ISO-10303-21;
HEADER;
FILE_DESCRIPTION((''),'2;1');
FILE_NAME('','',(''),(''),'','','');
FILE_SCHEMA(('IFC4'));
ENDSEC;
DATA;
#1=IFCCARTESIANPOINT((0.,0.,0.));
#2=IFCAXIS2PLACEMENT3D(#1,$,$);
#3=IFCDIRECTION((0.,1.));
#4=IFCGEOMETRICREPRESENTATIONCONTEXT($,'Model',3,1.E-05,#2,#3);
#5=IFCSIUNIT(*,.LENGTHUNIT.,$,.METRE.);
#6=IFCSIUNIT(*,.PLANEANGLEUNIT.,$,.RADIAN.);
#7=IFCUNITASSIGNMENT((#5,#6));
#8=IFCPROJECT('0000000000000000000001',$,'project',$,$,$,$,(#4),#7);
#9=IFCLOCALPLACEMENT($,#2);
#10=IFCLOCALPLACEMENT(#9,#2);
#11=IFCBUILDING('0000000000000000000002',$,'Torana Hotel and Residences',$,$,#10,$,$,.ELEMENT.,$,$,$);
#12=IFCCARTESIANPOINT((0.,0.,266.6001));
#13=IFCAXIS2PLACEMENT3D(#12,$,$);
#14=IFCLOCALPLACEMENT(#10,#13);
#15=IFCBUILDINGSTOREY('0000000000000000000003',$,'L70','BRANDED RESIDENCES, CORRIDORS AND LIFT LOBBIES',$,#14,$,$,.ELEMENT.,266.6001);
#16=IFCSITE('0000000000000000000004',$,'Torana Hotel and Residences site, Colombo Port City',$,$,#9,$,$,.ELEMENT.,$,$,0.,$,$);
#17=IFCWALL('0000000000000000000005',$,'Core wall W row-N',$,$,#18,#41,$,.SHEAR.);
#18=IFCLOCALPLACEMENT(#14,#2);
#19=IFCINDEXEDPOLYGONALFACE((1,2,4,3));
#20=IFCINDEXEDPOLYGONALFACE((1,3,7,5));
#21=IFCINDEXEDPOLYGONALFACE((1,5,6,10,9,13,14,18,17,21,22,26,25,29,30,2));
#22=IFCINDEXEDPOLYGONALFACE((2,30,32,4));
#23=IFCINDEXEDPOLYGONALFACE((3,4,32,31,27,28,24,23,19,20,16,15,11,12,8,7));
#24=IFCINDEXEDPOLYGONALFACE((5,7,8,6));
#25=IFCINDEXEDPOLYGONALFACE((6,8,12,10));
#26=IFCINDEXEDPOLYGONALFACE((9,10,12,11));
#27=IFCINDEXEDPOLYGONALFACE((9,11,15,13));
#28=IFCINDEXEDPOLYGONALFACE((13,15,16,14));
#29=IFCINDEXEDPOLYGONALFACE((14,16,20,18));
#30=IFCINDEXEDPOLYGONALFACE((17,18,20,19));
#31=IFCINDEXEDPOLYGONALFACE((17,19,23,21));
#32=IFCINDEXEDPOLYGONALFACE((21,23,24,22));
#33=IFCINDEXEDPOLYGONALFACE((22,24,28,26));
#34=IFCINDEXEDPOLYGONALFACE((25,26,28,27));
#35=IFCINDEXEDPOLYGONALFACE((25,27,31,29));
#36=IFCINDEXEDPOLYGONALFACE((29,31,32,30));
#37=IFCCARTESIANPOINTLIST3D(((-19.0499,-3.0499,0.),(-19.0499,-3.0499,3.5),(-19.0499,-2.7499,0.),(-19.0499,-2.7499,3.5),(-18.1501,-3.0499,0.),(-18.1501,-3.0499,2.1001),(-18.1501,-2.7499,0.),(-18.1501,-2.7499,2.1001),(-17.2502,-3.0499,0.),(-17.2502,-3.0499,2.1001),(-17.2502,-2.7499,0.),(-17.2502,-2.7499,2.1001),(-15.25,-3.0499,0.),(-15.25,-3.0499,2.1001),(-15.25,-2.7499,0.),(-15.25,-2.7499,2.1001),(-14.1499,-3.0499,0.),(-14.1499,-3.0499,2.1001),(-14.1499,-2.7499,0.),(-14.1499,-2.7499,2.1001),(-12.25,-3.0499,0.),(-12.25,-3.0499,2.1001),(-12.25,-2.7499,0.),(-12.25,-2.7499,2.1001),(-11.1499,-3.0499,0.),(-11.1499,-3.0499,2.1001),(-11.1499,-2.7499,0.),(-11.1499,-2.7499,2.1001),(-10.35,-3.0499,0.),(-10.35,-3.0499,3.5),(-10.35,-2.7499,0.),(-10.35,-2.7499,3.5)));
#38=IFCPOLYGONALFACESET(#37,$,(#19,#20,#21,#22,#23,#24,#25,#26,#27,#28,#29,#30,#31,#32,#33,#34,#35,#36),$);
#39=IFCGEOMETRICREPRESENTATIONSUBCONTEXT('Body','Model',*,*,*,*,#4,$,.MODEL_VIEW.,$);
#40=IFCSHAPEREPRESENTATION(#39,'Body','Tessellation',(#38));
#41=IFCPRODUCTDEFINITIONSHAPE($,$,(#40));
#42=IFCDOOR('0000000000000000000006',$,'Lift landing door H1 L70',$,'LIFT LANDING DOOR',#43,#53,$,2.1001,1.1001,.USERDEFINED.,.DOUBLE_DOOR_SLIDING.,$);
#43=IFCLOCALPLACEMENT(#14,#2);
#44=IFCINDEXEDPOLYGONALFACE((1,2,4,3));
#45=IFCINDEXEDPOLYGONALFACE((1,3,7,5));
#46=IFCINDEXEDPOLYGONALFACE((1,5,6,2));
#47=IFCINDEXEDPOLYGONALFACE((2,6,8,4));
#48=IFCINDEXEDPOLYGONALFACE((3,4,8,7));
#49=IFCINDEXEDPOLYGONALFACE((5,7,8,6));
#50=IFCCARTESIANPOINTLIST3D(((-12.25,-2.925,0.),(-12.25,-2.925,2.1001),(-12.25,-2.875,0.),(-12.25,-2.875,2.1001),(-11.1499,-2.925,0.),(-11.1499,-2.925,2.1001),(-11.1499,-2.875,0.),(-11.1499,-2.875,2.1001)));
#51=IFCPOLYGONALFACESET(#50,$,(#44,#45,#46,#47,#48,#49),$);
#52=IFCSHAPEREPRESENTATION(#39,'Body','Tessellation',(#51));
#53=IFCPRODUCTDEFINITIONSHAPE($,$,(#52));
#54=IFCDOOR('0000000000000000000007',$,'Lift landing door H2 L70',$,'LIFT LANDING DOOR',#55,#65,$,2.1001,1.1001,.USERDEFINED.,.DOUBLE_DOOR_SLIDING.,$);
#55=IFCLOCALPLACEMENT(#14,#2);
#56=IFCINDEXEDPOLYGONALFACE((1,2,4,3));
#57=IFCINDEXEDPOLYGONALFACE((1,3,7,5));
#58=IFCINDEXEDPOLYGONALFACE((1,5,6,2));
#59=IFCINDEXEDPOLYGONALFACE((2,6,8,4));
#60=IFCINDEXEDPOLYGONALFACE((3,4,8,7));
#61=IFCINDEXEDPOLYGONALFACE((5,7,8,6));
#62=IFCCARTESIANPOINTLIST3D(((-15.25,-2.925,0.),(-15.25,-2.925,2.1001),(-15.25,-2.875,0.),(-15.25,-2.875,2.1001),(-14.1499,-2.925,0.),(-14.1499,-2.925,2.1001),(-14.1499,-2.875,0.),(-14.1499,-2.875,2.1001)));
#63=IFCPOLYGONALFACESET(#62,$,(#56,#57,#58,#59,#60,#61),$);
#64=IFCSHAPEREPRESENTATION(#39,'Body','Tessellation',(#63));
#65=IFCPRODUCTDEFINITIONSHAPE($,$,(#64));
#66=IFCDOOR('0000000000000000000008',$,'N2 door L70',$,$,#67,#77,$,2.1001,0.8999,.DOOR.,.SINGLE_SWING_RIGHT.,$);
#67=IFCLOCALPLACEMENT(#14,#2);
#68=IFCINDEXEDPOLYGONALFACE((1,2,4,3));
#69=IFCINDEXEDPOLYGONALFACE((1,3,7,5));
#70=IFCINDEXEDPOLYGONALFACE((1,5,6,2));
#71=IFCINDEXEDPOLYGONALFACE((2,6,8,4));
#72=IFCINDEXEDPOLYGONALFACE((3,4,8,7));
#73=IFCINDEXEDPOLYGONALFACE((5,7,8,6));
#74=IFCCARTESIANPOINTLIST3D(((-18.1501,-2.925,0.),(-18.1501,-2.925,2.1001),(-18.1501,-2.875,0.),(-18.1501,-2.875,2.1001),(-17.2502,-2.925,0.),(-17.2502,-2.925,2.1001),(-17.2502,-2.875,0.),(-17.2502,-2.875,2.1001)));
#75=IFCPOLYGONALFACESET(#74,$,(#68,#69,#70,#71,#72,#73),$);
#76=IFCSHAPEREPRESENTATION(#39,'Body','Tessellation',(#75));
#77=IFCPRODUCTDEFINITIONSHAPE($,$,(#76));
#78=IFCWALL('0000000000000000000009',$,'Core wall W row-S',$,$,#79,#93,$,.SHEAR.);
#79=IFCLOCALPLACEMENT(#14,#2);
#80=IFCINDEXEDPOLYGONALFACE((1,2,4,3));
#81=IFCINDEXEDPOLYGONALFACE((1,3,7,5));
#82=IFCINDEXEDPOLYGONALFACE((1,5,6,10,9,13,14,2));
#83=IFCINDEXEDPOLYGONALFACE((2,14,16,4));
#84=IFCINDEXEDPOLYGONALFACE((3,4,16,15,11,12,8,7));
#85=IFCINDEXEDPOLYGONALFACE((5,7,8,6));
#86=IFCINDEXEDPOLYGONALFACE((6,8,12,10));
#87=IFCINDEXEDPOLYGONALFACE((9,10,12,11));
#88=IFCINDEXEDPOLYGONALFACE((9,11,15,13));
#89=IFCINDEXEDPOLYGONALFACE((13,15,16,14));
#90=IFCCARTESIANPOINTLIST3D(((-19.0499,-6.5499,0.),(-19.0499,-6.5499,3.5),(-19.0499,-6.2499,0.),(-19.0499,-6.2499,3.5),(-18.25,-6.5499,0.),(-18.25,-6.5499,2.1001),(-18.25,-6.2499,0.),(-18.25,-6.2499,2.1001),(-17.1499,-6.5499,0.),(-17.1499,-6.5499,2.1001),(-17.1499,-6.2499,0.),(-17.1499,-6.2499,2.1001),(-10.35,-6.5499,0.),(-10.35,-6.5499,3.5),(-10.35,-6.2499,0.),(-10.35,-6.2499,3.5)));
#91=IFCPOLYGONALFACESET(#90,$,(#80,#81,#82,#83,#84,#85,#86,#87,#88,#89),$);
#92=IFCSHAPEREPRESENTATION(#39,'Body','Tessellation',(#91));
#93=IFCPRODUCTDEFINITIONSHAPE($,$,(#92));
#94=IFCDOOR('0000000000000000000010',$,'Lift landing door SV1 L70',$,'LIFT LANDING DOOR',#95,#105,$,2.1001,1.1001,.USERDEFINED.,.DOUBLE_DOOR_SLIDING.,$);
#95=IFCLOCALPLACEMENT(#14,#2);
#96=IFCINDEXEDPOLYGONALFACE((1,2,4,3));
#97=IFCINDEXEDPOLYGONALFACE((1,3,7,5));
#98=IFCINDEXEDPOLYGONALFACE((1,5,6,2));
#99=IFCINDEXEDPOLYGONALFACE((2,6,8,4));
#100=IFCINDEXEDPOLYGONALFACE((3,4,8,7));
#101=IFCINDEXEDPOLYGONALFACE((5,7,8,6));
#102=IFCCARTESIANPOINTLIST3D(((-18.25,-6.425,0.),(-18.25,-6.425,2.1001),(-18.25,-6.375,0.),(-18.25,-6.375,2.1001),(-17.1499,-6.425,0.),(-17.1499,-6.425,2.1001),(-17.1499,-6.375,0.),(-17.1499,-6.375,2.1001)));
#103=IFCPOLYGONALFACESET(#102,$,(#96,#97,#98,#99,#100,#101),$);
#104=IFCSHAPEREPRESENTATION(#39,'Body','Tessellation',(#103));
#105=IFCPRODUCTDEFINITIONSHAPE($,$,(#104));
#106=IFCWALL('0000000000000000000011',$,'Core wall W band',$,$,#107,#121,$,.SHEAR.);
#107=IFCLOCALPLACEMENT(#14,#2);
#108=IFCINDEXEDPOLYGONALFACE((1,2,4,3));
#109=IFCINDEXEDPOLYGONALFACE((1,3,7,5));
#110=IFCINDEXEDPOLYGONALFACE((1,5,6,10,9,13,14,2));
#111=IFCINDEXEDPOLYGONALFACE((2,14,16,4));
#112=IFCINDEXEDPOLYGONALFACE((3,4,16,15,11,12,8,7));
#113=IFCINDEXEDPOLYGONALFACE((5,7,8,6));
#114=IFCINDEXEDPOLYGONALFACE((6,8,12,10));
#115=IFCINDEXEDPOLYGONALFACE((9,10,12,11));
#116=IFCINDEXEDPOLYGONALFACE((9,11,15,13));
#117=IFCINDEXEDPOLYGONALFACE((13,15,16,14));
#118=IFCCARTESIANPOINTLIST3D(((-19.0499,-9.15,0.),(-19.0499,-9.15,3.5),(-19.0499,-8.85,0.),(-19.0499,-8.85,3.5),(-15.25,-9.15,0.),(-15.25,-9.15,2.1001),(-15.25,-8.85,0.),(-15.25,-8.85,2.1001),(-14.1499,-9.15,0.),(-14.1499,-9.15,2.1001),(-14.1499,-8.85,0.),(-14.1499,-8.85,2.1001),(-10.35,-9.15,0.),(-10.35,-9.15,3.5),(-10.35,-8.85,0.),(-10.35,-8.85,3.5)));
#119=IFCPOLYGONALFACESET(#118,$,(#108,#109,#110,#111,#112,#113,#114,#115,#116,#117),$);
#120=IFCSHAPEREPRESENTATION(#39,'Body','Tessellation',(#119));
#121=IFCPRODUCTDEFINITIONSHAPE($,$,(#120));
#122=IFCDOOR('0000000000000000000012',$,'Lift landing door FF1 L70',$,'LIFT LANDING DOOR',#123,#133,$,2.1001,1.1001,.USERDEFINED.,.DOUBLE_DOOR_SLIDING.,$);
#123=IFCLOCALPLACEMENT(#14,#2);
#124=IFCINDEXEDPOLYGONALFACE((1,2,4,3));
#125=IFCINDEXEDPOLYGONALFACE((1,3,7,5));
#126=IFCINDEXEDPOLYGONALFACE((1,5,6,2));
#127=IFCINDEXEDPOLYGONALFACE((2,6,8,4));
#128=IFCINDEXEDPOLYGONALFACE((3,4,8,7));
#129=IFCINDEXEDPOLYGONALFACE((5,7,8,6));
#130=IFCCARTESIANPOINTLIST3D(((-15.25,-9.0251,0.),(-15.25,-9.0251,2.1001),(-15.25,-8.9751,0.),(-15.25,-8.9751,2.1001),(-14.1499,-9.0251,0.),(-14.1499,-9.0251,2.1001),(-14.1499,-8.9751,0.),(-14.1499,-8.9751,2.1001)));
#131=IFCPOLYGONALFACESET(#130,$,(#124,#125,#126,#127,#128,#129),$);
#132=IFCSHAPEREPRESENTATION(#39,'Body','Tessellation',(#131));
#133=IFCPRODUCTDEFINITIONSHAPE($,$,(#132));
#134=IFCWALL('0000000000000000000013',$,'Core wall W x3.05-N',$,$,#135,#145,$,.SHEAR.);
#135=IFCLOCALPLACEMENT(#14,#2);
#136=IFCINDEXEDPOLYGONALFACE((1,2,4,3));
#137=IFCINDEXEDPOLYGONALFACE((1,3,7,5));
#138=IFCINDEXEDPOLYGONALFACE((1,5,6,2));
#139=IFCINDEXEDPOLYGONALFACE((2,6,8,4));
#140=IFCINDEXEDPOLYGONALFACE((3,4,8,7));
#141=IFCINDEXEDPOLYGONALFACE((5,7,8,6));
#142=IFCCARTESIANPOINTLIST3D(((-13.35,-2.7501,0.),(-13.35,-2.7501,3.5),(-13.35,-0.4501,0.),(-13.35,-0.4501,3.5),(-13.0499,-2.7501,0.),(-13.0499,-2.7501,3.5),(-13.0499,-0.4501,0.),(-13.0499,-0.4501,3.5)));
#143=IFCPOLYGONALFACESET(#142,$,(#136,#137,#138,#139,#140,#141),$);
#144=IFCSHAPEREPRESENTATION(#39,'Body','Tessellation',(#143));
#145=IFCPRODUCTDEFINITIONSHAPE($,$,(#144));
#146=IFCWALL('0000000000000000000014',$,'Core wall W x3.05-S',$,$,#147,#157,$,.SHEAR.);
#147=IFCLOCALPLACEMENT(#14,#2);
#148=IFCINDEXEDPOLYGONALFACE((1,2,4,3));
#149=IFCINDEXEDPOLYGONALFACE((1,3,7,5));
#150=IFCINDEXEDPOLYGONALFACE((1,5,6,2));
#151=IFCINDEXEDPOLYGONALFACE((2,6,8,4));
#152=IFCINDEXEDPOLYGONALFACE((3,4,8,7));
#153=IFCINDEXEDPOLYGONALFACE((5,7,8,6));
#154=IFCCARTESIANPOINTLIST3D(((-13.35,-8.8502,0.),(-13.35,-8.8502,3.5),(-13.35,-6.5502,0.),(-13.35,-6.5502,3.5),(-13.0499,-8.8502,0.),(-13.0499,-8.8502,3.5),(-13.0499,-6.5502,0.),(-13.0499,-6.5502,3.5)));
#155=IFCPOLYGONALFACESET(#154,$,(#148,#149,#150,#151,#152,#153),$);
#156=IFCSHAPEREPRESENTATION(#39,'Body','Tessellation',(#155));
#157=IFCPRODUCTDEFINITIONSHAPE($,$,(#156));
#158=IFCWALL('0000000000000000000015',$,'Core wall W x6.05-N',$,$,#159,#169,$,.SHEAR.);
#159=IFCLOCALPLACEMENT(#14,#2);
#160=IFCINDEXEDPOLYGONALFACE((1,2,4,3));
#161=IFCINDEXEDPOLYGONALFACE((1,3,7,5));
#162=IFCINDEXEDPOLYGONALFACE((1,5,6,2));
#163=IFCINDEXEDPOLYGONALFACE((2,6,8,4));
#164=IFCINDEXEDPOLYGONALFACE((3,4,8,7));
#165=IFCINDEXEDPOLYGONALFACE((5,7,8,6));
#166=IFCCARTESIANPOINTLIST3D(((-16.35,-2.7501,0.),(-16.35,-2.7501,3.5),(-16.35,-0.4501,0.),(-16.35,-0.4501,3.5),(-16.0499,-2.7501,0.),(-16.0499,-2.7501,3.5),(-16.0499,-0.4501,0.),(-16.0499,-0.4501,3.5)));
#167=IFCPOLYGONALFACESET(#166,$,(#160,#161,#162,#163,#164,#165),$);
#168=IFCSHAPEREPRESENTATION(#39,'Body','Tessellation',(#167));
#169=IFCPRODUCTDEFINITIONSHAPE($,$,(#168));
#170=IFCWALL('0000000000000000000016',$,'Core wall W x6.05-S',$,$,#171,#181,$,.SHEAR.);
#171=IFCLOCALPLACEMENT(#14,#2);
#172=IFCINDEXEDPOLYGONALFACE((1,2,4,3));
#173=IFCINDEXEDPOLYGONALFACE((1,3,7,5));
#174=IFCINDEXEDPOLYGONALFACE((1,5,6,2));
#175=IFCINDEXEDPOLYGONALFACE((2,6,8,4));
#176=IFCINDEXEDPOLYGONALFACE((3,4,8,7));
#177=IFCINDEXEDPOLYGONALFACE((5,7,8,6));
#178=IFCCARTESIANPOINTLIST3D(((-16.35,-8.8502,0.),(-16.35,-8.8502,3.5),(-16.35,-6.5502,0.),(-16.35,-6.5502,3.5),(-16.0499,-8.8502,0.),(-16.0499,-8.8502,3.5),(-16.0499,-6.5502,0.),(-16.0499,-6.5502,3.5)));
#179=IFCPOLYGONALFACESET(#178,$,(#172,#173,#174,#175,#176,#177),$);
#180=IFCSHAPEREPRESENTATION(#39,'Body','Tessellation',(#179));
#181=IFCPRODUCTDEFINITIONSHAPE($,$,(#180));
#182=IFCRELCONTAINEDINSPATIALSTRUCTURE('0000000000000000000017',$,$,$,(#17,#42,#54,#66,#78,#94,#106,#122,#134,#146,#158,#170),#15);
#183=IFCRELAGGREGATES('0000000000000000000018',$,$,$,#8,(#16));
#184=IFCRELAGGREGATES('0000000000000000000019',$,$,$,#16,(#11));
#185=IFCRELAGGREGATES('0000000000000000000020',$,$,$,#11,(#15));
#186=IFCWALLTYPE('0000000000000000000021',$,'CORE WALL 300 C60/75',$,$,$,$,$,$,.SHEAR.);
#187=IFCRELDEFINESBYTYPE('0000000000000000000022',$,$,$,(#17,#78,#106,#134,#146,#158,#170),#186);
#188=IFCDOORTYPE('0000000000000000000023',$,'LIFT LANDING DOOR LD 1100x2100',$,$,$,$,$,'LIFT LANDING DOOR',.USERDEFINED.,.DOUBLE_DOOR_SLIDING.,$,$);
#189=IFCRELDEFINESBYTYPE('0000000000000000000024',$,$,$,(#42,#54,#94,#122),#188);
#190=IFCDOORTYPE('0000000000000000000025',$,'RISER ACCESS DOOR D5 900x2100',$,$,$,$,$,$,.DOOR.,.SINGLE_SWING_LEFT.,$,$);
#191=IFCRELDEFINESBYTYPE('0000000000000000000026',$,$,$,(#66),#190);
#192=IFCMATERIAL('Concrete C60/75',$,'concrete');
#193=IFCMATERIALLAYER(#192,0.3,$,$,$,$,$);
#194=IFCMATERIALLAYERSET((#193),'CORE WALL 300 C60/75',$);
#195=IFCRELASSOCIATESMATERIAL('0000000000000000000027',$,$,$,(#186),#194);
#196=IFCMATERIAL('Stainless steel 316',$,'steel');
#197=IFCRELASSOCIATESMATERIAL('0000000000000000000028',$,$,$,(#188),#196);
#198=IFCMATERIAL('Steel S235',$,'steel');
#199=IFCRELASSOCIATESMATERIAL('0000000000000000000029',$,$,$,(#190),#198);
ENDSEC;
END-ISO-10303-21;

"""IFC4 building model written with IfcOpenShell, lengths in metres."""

from ifc_helpers import new_model, si_unit, direction, frame, frame_2d, origin, place, context, subcontext, project, spatial, rectangle, extrude, material, layer, layer_set, type_object, element, fill, save


model = new_model("IFC4")

# Units and contexts
model_context = context("Model", 3, precision=1e-05, world=origin(), true_north=direction((0.0, 1.0)))
body_context = subcontext(model_context, "Body", "Model", "MODEL_VIEW")
ifc_project = project(units=[si_unit("LENGTHUNIT", "METRE"), si_unit("PLANEANGLEUNIT", "RADIAN")], contexts=[model_context])

# Site, building, storey
site_placement = place(None, origin())
site = spatial("IfcSite", under=ifc_project, at=site_placement, Name="Torana Hotel and Residences site, Colombo Port City", CompositionType="ELEMENT", RefElevation=0.0)
building_placement = place(site_placement, origin())
building = spatial("IfcBuilding", under=site, at=building_placement, Name="Torana Hotel and Residences", CompositionType="ELEMENT")
storey_placement = place(building_placement, frame((0.0, 0.0, 266.6001)))
storey = spatial("IfcBuildingStorey", under=building, at=storey_placement, Name="L70", Description="BRANDED RESIDENCES, CORRIDORS AND LIFT LOBBIES", CompositionType="ELEMENT", Elevation=266.6001)

# Wall, openings, doors
ifc_material_1 = material(Name="Concrete C60/75", Category="concrete")
ifc_layer_1 = layer(ifc_material_1, 0.3)
ifc_layer_set_1 = layer_set([ifc_layer_1], Name="CORE WALL 300 C60/75")
wall_type_1 = type_object("IfcWallType", Name="CORE WALL 300 C60/75", PredefinedType="SHEAR", material=ifc_layer_set_1)
wall_1_placement = place(storey_placement, frame((-19.05, -2.8999, 0.0), z_axis=(0.0, 0.0, 1.0), x_axis=(1.0, 0.0, 0.0)))
wall_1 = element("IfcWall", 1, at=wall_1_placement, inside=storey, type_object=wall_type_1, Name="Core wall W row-N", PredefinedType="SHEAR", context=body_context, shape_type="SweptSolid", body=[
    extrude(rectangle(XDim=8.7, YDim=0.3, at=frame_2d((4.3501, 0.0))), origin(), (0.0, 0.0, 1.0), 3.5),
])
opening_1_placement = place(wall_1_placement, frame((6.8, 0.0, 0.0)))
opening_1 = element("IfcOpeningElement", 2, at=opening_1_placement, cuts=wall_1, PredefinedType="OPENING", context=body_context, shape_type="SweptSolid", body=[
    extrude(rectangle(XDim=1.1001, YDim=2.1001, at=frame_2d((0.55, 1.05))), frame((0.0, 0.1599, 0.0), z_axis=(0.0, -1.0, 0.0), x_axis=(1.0, 0.0, 0.0)), (0.0, 0.0, 1.0), 0.3201),
])
opening_2_placement = place(wall_1_placement, frame((3.8, 0.0, 0.0)))
opening_2 = element("IfcOpeningElement", 3, at=opening_2_placement, cuts=wall_1, PredefinedType="OPENING", context=body_context, shape_type="SweptSolid", body=[
    extrude(rectangle(XDim=1.1001, YDim=2.1001, at=frame_2d((0.55, 1.05))), frame((0.0, 0.1599, 0.0), z_axis=(0.0, -1.0, 0.0), x_axis=(1.0, 0.0, 0.0)), (0.0, 0.0, 1.0), 0.3201),
])
opening_3_placement = place(wall_1_placement, frame((0.8999, 0.0, 0.0)))
opening_3 = element("IfcOpeningElement", 4, at=opening_3_placement, cuts=wall_1, PredefinedType="OPENING", context=body_context, shape_type="SweptSolid", body=[
    extrude(rectangle(XDim=0.8999, YDim=2.1001, at=frame_2d((0.45, 1.05))), frame((0.0, 0.1599, 0.0), z_axis=(0.0, -1.0, 0.0), x_axis=(1.0, 0.0, 0.0)), (0.0, 0.0, 1.0), 0.3201),
])
ifc_material_2 = material(Name="Stainless steel 316", Category="steel")
door_type_1 = type_object("IfcDoorType", Name="LIFT LANDING DOOR LD 1100x2100", ElementType="LIFT LANDING DOOR", OperationType="DOUBLE_DOOR_SLIDING", PredefinedType="USERDEFINED", material=ifc_material_2)
door_1_placement = place(opening_1_placement, origin())
door_1 = element("IfcDoor", 5, at=door_1_placement, inside=storey, type_object=door_type_1, Name="Lift landing door H1 L70", ObjectType="LIFT LANDING DOOR", OperationType="DOUBLE_DOOR_SLIDING", OverallHeight=2.1001, OverallWidth=1.1001, PredefinedType="USERDEFINED", context=body_context, shape_type="SweptSolid", body=[
    extrude(rectangle(XDim=1.1001, YDim=2.1001, at=frame_2d((0.55, 1.05))), frame((0.0, 0.0249, 0.0), z_axis=(0.0, -1.0, 0.0), x_axis=(1.0, 0.0, 0.0)), (0.0, 0.0, 1.0), 0.05),
])
fill(opening_1, door_1)
door_2_placement = place(opening_2_placement, origin())
door_2 = element("IfcDoor", 6, at=door_2_placement, inside=storey, type_object=door_type_1, Name="Lift landing door H2 L70", ObjectType="LIFT LANDING DOOR", OperationType="DOUBLE_DOOR_SLIDING", OverallHeight=2.1001, OverallWidth=1.1001, PredefinedType="USERDEFINED", context=body_context, shape_type="SweptSolid", body=[
    extrude(rectangle(XDim=1.1001, YDim=2.1001, at=frame_2d((0.55, 1.05))), frame((0.0, 0.0249, 0.0), z_axis=(0.0, -1.0, 0.0), x_axis=(1.0, 0.0, 0.0)), (0.0, 0.0, 1.0), 0.05),
])
fill(opening_2, door_2)
ifc_material_3 = material(Name="Steel S235", Category="steel")
door_type_2 = type_object("IfcDoorType", Name="RISER ACCESS DOOR D5 900x2100", OperationType="SINGLE_SWING_LEFT", PredefinedType="DOOR", material=ifc_material_3)
door_3_placement = place(opening_3_placement, origin())
door_3 = element("IfcDoor", 7, at=door_3_placement, inside=storey, type_object=door_type_2, Name="N2 door L70", OperationType="SINGLE_SWING_RIGHT", OverallHeight=2.1001, OverallWidth=0.8999, PredefinedType="DOOR", context=body_context, shape_type="SweptSolid", body=[
    extrude(rectangle(XDim=0.8999, YDim=2.1001, at=frame_2d((0.45, 1.05))), frame((0.0, 0.0249, 0.0), z_axis=(0.0, -1.0, 0.0), x_axis=(1.0, 0.0, 0.0)), (0.0, 0.0, 1.0), 0.05),
])
fill(opening_3, door_3)

# Walls, openings, doors
wall_2_placement = place(storey_placement, frame((-19.05, -6.3999, 0.0), z_axis=(0.0, 0.0, 1.0), x_axis=(1.0, 0.0, 0.0)))
wall_2 = element("IfcWall", 8, at=wall_2_placement, inside=storey, type_object=wall_type_1, Name="Core wall W row-S", PredefinedType="SHEAR", context=body_context, shape_type="SweptSolid", body=[
    extrude(rectangle(XDim=8.7, YDim=0.3, at=frame_2d((4.3501, 0.0))), origin(), (0.0, 0.0, 1.0), 3.5),
])
opening_4_placement = place(wall_2_placement, frame((0.8, 0.0, 0.0)))
opening_4 = element("IfcOpeningElement", 9, at=opening_4_placement, cuts=wall_2, PredefinedType="OPENING", context=body_context, shape_type="SweptSolid", body=[
    extrude(rectangle(XDim=1.1001, YDim=2.1001, at=frame_2d((0.55, 1.05))), frame((0.0, 0.1599, 0.0), z_axis=(0.0, -1.0, 0.0), x_axis=(1.0, 0.0, 0.0)), (0.0, 0.0, 1.0), 0.3201),
])
door_4_placement = place(opening_4_placement, origin())
door_4 = element("IfcDoor", 10, at=door_4_placement, inside=storey, type_object=door_type_1, Name="Lift landing door SV1 L70", ObjectType="LIFT LANDING DOOR", OperationType="DOUBLE_DOOR_SLIDING", OverallHeight=2.1001, OverallWidth=1.1001, PredefinedType="USERDEFINED", context=body_context, shape_type="SweptSolid", body=[
    extrude(rectangle(XDim=1.1001, YDim=2.1001, at=frame_2d((0.55, 1.05))), frame((0.0, 0.0249, 0.0), z_axis=(0.0, -1.0, 0.0), x_axis=(1.0, 0.0, 0.0)), (0.0, 0.0, 1.0), 0.05),
])
fill(opening_4, door_4)
wall_3_placement = place(storey_placement, frame((-19.05, -9.0, 0.0), z_axis=(0.0, 0.0, 1.0), x_axis=(1.0, 0.0, 0.0)))
wall_3 = element("IfcWall", 11, at=wall_3_placement, inside=storey, type_object=wall_type_1, Name="Core wall W band", PredefinedType="SHEAR", context=body_context, shape_type="SweptSolid", body=[
    extrude(rectangle(XDim=8.7, YDim=0.3, at=frame_2d((4.3501, 0.0))), origin(), (0.0, 0.0, 1.0), 3.5),
])
opening_5_placement = place(wall_3_placement, frame((3.8, 0.0, 0.0)))
opening_5 = element("IfcOpeningElement", 12, at=opening_5_placement, cuts=wall_3, PredefinedType="OPENING", context=body_context, shape_type="SweptSolid", body=[
    extrude(rectangle(XDim=1.1001, YDim=2.1001, at=frame_2d((0.55, 1.05))), frame((0.0, 0.1599, 0.0), z_axis=(0.0, -1.0, 0.0), x_axis=(1.0, 0.0, 0.0)), (0.0, 0.0, 1.0), 0.3201),
])
door_5_placement = place(opening_5_placement, origin())
door_5 = element("IfcDoor", 13, at=door_5_placement, inside=storey, type_object=door_type_1, Name="Lift landing door FF1 L70", ObjectType="LIFT LANDING DOOR", OperationType="DOUBLE_DOOR_SLIDING", OverallHeight=2.1001, OverallWidth=1.1001, PredefinedType="USERDEFINED", context=body_context, shape_type="SweptSolid", body=[
    extrude(rectangle(XDim=1.1001, YDim=2.1001, at=frame_2d((0.55, 1.05))), frame((0.0, 0.0249, 0.0), z_axis=(0.0, -1.0, 0.0), x_axis=(1.0, 0.0, 0.0)), (0.0, 0.0, 1.0), 0.05),
])
fill(opening_5, door_5)

# Walls
for number, where, z_axis, x_axis, name in (
    (14, (-13.2, -2.75, 0.0), (0.0, 0.0, 1.0), (0.0, 1.0, 0.0), "Core wall W x3.05-N"),
    (15, (-13.2, -8.8501, 0.0), (0.0, 0.0, 1.0), (0.0, 1.0, 0.0), "Core wall W x3.05-S"),
    (16, (-16.2, -2.75, 0.0), (0.0, 0.0, 1.0), (0.0, 1.0, 0.0), "Core wall W x6.05-N"),
    (17, (-16.2, -8.8501, 0.0), (0.0, 0.0, 1.0), (0.0, 1.0, 0.0), "Core wall W x6.05-S"),
):
    element("IfcWall", number, at=place(storey_placement, frame(where, z_axis=z_axis, x_axis=x_axis)), inside=storey, type_object=wall_type_1, Name=name, PredefinedType="SHEAR", context=body_context, shape_type="SweptSolid", body=[
        extrude(rectangle(XDim=2.3, YDim=0.3, at=frame_2d((1.1499, 0.0))), origin(), (0.0, 0.0, 1.0), 3.5),
    ])

save(model, "model.ifc")
